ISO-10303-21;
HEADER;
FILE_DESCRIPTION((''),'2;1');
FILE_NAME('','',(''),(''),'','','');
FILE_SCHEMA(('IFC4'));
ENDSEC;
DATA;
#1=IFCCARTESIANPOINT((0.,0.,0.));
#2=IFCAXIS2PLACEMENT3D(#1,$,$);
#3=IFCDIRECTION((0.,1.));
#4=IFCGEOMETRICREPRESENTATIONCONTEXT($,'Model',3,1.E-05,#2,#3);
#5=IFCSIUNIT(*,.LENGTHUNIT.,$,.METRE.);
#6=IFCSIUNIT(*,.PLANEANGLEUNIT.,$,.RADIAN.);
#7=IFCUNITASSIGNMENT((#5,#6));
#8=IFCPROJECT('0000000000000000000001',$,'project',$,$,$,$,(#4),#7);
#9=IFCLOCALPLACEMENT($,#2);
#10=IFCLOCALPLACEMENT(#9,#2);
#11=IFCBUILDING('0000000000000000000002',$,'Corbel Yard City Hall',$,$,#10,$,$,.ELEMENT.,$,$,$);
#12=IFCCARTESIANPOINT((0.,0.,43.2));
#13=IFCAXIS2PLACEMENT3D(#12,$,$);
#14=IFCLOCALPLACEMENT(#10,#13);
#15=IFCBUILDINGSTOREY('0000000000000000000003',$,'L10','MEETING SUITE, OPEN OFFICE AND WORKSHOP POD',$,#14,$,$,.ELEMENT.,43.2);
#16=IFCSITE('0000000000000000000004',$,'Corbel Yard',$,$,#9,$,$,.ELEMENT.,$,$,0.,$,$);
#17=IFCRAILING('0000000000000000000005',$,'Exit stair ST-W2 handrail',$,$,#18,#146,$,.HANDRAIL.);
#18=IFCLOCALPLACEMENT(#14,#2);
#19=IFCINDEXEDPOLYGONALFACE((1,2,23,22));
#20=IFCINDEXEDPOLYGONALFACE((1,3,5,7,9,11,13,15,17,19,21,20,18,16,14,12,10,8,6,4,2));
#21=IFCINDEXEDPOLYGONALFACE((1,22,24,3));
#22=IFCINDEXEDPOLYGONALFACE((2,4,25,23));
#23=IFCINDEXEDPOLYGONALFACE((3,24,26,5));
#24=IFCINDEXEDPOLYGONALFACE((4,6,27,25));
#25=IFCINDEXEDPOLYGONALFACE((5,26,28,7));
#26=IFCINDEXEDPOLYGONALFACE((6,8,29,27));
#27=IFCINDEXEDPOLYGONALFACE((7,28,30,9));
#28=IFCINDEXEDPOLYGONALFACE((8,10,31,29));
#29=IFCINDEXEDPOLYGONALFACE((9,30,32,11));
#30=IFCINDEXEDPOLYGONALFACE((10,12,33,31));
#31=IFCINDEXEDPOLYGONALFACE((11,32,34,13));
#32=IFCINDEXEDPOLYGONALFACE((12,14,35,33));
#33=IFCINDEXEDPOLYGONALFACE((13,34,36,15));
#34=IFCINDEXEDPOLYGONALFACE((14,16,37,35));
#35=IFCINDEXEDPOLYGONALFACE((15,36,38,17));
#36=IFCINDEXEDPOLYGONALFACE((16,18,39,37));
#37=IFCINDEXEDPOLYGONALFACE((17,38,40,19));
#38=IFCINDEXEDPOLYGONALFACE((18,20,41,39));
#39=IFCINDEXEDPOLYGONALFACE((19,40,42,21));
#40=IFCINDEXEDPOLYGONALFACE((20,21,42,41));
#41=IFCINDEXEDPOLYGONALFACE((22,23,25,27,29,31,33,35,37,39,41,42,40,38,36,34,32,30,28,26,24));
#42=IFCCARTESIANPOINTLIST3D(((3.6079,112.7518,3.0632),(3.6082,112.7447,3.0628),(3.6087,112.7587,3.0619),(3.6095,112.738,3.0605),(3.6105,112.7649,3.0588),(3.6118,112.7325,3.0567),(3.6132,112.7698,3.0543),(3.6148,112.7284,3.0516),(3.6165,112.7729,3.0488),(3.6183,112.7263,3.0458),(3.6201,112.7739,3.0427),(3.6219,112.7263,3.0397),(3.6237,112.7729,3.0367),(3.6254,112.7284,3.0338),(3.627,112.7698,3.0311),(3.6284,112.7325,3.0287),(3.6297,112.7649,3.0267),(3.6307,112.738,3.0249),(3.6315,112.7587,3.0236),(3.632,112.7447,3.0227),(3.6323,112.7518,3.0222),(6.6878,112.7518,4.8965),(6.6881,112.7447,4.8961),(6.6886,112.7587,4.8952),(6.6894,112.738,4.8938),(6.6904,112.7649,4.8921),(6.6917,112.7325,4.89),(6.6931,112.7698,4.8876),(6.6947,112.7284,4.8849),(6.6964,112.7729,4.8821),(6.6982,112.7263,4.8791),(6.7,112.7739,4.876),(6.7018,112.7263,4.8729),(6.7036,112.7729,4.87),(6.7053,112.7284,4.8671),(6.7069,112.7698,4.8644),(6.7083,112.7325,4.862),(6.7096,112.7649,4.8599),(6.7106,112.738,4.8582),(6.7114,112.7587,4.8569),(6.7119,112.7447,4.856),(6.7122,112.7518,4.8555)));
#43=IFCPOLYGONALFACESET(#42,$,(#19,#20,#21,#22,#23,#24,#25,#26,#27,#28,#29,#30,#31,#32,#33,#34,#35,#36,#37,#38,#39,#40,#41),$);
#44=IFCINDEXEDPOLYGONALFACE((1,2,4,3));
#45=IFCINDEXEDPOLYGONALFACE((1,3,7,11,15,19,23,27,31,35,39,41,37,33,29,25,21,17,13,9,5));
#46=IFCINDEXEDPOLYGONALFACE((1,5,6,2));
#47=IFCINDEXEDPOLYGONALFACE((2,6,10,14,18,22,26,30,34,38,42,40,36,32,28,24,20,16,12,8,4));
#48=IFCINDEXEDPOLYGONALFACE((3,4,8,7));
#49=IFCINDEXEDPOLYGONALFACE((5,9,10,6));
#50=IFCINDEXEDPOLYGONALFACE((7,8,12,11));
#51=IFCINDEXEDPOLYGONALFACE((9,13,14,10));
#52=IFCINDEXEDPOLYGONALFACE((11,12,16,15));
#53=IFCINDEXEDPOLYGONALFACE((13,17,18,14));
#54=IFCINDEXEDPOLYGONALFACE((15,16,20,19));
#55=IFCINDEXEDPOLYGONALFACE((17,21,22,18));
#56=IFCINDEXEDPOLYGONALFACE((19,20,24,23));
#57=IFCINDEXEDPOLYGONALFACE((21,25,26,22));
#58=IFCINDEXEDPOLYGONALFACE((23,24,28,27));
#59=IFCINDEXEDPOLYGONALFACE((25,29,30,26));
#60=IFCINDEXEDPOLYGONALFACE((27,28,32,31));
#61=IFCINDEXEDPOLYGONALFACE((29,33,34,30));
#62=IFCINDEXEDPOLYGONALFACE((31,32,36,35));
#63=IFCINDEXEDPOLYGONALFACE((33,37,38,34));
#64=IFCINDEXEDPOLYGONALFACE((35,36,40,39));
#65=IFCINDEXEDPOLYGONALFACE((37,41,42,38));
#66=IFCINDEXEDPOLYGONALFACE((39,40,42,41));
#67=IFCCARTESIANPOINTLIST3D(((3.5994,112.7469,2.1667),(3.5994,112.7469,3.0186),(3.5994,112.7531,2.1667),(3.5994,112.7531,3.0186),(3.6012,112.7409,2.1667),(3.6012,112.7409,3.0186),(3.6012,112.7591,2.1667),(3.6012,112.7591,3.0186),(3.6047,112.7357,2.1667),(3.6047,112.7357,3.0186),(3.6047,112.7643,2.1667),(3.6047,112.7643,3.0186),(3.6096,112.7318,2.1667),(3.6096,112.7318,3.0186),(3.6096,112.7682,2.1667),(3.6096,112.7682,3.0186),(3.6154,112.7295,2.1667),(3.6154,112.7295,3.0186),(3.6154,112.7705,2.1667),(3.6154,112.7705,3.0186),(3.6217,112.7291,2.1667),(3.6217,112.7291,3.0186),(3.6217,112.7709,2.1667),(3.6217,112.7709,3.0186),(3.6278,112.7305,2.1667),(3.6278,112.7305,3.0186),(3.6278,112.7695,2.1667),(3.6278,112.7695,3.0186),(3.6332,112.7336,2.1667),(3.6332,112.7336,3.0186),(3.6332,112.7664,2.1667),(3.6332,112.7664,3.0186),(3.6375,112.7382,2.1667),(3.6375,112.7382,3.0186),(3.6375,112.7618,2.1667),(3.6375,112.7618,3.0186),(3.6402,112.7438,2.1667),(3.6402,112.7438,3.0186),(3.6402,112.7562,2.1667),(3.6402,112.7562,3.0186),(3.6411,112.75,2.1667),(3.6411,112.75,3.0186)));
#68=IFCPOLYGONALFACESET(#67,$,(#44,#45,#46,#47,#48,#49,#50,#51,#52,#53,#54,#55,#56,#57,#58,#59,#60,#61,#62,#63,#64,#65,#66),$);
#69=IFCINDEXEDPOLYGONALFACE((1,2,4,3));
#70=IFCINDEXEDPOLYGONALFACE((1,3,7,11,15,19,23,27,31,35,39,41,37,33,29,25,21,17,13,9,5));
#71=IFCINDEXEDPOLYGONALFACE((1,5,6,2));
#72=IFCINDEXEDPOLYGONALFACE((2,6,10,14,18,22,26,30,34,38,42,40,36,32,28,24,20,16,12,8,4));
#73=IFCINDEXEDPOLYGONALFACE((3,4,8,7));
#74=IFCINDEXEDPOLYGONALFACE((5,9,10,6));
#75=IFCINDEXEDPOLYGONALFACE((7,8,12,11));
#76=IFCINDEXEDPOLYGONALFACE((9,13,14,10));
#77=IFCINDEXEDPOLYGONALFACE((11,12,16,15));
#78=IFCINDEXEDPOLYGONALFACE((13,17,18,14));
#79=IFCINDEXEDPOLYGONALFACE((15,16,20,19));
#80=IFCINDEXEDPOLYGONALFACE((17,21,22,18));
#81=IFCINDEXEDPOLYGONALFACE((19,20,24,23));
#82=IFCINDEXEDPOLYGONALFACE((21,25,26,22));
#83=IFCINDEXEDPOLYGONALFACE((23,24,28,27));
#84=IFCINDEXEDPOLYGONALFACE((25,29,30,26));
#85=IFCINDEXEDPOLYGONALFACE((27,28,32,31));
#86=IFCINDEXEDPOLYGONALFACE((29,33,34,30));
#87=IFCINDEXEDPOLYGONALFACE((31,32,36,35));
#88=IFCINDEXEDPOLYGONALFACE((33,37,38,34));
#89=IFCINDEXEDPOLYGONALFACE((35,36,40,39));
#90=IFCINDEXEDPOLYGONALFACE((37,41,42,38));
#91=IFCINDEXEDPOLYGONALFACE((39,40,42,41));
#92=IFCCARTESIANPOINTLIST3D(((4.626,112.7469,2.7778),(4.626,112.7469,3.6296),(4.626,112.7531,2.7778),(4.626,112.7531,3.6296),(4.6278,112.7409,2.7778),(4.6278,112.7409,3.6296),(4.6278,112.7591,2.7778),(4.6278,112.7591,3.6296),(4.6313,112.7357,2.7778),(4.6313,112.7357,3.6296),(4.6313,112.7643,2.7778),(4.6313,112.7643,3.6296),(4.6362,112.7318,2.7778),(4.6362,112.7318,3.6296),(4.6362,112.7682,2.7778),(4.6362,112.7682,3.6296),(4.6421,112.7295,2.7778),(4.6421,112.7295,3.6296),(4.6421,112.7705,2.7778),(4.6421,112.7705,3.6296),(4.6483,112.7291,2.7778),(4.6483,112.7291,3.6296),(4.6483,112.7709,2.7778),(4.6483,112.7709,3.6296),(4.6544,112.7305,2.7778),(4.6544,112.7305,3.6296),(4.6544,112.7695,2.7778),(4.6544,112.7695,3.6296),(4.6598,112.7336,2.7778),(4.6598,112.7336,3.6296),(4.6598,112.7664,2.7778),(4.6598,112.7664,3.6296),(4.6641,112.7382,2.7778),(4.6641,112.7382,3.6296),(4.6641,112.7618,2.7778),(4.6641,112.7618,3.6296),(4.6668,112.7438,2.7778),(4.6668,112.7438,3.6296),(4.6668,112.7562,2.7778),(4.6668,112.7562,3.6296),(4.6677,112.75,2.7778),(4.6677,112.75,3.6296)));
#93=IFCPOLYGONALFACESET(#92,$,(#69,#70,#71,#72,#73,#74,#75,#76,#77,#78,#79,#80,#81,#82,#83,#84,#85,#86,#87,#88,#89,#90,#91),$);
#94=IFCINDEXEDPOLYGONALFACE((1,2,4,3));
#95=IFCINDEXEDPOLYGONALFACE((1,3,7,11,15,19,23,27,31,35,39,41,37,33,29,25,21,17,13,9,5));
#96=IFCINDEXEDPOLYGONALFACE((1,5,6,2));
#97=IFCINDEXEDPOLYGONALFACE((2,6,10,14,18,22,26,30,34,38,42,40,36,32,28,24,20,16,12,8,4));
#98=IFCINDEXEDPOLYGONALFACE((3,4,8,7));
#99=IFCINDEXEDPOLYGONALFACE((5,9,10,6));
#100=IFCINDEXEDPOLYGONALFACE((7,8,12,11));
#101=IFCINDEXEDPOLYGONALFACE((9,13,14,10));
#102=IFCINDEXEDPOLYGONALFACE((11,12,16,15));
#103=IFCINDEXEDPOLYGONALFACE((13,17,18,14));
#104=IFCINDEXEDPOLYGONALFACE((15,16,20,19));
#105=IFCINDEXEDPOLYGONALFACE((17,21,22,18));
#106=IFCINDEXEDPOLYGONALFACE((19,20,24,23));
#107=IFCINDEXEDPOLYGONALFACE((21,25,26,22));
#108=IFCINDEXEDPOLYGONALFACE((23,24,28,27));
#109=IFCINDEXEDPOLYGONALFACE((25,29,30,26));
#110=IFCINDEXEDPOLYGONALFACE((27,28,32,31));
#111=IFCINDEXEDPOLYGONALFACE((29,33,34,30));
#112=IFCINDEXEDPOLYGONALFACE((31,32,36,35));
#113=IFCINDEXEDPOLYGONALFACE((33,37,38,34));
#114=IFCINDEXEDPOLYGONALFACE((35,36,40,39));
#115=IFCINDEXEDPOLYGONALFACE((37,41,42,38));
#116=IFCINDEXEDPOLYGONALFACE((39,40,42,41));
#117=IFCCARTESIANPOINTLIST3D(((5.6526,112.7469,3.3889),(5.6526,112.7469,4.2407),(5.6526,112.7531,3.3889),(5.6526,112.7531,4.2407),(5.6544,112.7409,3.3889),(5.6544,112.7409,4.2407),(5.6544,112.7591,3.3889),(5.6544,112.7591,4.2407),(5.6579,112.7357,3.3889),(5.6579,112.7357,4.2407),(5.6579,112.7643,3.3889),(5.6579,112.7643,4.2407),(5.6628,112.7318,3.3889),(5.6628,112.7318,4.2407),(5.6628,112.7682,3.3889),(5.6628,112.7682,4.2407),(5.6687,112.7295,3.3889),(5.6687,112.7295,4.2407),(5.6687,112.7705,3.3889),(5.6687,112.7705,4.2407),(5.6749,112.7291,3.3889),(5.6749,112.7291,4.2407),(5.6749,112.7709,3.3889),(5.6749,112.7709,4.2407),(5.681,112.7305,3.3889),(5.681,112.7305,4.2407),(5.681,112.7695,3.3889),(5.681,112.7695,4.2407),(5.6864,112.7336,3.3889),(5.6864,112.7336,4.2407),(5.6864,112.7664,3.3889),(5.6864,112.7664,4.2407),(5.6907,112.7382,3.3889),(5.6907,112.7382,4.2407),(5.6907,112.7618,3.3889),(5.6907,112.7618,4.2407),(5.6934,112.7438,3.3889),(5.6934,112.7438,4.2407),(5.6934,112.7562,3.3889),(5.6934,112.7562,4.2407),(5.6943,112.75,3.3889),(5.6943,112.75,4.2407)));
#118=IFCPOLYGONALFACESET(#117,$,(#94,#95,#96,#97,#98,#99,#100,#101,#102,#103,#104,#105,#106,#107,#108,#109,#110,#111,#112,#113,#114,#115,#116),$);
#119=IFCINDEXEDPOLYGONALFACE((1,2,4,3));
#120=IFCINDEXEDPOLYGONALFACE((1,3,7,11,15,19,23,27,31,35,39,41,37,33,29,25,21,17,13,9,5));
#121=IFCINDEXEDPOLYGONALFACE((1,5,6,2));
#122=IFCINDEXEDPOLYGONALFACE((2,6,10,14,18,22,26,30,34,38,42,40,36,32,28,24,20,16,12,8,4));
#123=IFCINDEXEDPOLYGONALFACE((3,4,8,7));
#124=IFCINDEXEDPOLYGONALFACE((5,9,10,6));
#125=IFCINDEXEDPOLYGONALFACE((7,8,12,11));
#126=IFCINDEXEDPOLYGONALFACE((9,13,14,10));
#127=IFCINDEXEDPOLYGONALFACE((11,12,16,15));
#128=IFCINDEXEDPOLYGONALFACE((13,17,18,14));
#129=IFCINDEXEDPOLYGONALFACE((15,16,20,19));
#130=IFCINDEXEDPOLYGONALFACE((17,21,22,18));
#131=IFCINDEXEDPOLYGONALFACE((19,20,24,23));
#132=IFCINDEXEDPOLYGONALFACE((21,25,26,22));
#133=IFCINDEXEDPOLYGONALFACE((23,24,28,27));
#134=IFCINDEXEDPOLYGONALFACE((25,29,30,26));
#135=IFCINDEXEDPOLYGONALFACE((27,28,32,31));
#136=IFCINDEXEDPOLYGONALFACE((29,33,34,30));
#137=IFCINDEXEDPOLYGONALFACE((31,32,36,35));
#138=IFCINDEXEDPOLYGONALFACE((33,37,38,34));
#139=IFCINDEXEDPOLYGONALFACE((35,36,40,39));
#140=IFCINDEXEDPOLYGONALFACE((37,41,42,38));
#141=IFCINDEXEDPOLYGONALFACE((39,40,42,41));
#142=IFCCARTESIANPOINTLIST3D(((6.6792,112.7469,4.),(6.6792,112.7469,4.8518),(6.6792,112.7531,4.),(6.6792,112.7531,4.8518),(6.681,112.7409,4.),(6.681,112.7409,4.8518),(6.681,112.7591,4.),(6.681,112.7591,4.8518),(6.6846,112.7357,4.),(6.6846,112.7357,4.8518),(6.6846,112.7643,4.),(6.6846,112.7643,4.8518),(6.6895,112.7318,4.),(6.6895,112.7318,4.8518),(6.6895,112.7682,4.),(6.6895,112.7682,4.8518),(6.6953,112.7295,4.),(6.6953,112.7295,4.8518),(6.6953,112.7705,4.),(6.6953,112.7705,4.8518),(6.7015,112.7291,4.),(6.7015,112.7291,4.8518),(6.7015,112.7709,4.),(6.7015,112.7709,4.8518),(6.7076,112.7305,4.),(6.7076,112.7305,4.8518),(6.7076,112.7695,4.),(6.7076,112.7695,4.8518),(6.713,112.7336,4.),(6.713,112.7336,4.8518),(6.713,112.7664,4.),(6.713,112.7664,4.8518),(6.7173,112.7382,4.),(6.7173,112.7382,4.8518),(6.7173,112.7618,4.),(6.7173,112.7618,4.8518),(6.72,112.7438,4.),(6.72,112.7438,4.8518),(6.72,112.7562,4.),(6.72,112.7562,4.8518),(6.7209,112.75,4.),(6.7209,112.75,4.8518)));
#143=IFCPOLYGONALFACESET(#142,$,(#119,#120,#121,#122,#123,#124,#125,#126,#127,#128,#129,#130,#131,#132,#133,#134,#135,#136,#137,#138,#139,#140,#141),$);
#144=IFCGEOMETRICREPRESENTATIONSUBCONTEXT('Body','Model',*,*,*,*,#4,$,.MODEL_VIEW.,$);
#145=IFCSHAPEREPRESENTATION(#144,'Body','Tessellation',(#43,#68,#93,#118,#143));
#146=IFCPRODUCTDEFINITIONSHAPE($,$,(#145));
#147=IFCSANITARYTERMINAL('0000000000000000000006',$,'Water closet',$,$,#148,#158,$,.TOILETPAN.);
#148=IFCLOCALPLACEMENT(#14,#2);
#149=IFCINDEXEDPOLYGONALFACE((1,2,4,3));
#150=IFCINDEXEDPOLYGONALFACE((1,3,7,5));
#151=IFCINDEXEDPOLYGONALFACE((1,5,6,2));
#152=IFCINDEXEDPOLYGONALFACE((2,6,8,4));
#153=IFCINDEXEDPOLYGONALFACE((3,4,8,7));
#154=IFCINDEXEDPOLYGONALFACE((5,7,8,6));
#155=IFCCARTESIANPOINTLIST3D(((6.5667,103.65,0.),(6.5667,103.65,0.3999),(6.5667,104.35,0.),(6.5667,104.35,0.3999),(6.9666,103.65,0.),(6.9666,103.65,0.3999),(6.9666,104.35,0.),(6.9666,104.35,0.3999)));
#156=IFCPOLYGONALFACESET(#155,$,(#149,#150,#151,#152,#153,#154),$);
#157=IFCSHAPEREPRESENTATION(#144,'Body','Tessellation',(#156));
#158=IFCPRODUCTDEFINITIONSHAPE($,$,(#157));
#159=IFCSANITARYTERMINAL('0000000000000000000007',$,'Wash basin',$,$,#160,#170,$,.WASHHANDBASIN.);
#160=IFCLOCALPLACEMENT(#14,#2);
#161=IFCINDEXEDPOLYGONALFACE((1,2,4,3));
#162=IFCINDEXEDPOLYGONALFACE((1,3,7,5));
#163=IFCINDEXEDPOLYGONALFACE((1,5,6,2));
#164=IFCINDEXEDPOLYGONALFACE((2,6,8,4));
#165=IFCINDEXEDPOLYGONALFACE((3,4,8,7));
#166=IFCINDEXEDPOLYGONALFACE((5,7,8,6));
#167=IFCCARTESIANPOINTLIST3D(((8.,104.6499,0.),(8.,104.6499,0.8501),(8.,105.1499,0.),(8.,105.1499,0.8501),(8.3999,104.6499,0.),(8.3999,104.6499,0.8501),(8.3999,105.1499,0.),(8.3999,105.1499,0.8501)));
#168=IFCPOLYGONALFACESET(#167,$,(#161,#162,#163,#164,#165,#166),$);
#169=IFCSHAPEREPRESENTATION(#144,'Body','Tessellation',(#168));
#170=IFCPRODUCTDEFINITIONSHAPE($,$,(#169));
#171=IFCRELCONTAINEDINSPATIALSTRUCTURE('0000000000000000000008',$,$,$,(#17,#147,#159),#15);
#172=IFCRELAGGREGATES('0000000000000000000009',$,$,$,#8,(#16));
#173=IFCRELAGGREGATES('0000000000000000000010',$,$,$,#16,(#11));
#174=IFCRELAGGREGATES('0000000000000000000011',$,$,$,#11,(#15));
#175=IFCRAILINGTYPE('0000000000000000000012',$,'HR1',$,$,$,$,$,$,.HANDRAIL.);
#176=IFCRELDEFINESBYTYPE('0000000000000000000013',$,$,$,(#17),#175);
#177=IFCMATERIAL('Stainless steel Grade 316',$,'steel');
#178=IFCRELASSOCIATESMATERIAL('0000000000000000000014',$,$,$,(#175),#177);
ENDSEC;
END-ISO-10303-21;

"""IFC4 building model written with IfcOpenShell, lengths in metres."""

from ifc_helpers import new_model, si_unit, direction, frame, origin, origin_2d, place, context, subcontext, project, spatial, rectangle, circle, extrude, material, type_object, element, save


model = new_model("IFC4")

# Units and contexts
model_context = context("Model", 3, precision=1e-05, world=origin(), true_north=direction((0.0, 1.0)))
body_context = subcontext(model_context, "Body", "Model", "MODEL_VIEW")
ifc_project = project(units=[si_unit("LENGTHUNIT", "METRE"), si_unit("PLANEANGLEUNIT", "RADIAN")], contexts=[model_context])

# Site, building, storey
site_placement = place(None, origin())
site = spatial("IfcSite", under=ifc_project, at=site_placement, Name="Corbel Yard", CompositionType="ELEMENT", RefElevation=0.0)
building_placement = place(site_placement, origin())
building = spatial("IfcBuilding", under=site, at=building_placement, Name="Corbel Yard City Hall", CompositionType="ELEMENT")
storey_placement = place(building_placement, frame((0.0, 0.0, 43.2)))
storey = spatial("IfcBuildingStorey", under=building, at=storey_placement, Name="L10", Description="MEETING SUITE, OPEN OFFICE AND WORKSHOP POD", CompositionType="ELEMENT", Elevation=43.2)

# Shared definitions
ifc_material_1 = material(Name="Stainless steel Grade 316", Category="steel")

# Railing
railing_type = type_object("IfcRailingType", Name="HR1", PredefinedType="HANDRAIL", material=ifc_material_1)
for number, where, name in (
    (1, (3.6201, 112.75, 2.1667), "Exit stair ST-W2 handrail"),
):
    element("IfcRailing", number, at=place(storey_placement, frame(where)), inside=storey, type_object=railing_type, Name=name, PredefinedType="HANDRAIL", context=body_context, shape_type="SweptSolid", body=[
        extrude(circle(Radius=0.0239, at=origin_2d()), frame((0.0, 0.0, 0.876), z_axis=(0.859291, 0.0, 0.511487), x_axis=(0.0, 1.0, 0.0)), (0.0, 0.0, 1.0), 3.5842),
        extrude(circle(Radius=0.021, at=origin_2d()), origin(), (0.0, 0.0, 1.0), 0.8518),
        extrude(circle(Radius=0.021, at=origin_2d()), frame((1.0266, 0.0, 0.6111)), (0.0, 0.0, 1.0), 0.8518),
        extrude(circle(Radius=0.021, at=origin_2d()), frame((2.0532, 0.0, 1.2222)), (0.0, 0.0, 1.0), 0.8518),
        extrude(circle(Radius=0.021, at=origin_2d()), frame((3.0798, 0.0, 1.8333)), (0.0, 0.0, 1.0), 0.8518),
    ])

# Sanitary terminals
sanitary_terminal_1_placement = place(storey_placement, frame((6.7666, 104.0, 0.0), z_axis=(0.0, 0.0, 1.0), x_axis=(1.0, 0.0, 0.0)))
element("IfcSanitaryTerminal", 2, at=sanitary_terminal_1_placement, inside=storey, Name="Water closet", PredefinedType="TOILETPAN", context=body_context, shape_type="SweptSolid", body=[
    extrude(rectangle(XDim=0.3999, YDim=0.7, at=origin_2d()), origin(), (0.0, 0.0, 1.0), 0.3999),
])
sanitary_terminal_2_placement = place(storey_placement, frame((8.2, 104.8999, 0.0), z_axis=(0.0, 0.0, 1.0), x_axis=(1.0, 0.0, 0.0)))
element("IfcSanitaryTerminal", 3, at=sanitary_terminal_2_placement, inside=storey, Name="Wash basin", PredefinedType="WASHHANDBASIN", context=body_context, shape_type="SweptSolid", body=[
    extrude(rectangle(XDim=0.3999, YDim=0.5, at=origin_2d()), origin(), (0.0, 0.0, 1.0), 0.8501),
])

save(model, "model.ifc")
